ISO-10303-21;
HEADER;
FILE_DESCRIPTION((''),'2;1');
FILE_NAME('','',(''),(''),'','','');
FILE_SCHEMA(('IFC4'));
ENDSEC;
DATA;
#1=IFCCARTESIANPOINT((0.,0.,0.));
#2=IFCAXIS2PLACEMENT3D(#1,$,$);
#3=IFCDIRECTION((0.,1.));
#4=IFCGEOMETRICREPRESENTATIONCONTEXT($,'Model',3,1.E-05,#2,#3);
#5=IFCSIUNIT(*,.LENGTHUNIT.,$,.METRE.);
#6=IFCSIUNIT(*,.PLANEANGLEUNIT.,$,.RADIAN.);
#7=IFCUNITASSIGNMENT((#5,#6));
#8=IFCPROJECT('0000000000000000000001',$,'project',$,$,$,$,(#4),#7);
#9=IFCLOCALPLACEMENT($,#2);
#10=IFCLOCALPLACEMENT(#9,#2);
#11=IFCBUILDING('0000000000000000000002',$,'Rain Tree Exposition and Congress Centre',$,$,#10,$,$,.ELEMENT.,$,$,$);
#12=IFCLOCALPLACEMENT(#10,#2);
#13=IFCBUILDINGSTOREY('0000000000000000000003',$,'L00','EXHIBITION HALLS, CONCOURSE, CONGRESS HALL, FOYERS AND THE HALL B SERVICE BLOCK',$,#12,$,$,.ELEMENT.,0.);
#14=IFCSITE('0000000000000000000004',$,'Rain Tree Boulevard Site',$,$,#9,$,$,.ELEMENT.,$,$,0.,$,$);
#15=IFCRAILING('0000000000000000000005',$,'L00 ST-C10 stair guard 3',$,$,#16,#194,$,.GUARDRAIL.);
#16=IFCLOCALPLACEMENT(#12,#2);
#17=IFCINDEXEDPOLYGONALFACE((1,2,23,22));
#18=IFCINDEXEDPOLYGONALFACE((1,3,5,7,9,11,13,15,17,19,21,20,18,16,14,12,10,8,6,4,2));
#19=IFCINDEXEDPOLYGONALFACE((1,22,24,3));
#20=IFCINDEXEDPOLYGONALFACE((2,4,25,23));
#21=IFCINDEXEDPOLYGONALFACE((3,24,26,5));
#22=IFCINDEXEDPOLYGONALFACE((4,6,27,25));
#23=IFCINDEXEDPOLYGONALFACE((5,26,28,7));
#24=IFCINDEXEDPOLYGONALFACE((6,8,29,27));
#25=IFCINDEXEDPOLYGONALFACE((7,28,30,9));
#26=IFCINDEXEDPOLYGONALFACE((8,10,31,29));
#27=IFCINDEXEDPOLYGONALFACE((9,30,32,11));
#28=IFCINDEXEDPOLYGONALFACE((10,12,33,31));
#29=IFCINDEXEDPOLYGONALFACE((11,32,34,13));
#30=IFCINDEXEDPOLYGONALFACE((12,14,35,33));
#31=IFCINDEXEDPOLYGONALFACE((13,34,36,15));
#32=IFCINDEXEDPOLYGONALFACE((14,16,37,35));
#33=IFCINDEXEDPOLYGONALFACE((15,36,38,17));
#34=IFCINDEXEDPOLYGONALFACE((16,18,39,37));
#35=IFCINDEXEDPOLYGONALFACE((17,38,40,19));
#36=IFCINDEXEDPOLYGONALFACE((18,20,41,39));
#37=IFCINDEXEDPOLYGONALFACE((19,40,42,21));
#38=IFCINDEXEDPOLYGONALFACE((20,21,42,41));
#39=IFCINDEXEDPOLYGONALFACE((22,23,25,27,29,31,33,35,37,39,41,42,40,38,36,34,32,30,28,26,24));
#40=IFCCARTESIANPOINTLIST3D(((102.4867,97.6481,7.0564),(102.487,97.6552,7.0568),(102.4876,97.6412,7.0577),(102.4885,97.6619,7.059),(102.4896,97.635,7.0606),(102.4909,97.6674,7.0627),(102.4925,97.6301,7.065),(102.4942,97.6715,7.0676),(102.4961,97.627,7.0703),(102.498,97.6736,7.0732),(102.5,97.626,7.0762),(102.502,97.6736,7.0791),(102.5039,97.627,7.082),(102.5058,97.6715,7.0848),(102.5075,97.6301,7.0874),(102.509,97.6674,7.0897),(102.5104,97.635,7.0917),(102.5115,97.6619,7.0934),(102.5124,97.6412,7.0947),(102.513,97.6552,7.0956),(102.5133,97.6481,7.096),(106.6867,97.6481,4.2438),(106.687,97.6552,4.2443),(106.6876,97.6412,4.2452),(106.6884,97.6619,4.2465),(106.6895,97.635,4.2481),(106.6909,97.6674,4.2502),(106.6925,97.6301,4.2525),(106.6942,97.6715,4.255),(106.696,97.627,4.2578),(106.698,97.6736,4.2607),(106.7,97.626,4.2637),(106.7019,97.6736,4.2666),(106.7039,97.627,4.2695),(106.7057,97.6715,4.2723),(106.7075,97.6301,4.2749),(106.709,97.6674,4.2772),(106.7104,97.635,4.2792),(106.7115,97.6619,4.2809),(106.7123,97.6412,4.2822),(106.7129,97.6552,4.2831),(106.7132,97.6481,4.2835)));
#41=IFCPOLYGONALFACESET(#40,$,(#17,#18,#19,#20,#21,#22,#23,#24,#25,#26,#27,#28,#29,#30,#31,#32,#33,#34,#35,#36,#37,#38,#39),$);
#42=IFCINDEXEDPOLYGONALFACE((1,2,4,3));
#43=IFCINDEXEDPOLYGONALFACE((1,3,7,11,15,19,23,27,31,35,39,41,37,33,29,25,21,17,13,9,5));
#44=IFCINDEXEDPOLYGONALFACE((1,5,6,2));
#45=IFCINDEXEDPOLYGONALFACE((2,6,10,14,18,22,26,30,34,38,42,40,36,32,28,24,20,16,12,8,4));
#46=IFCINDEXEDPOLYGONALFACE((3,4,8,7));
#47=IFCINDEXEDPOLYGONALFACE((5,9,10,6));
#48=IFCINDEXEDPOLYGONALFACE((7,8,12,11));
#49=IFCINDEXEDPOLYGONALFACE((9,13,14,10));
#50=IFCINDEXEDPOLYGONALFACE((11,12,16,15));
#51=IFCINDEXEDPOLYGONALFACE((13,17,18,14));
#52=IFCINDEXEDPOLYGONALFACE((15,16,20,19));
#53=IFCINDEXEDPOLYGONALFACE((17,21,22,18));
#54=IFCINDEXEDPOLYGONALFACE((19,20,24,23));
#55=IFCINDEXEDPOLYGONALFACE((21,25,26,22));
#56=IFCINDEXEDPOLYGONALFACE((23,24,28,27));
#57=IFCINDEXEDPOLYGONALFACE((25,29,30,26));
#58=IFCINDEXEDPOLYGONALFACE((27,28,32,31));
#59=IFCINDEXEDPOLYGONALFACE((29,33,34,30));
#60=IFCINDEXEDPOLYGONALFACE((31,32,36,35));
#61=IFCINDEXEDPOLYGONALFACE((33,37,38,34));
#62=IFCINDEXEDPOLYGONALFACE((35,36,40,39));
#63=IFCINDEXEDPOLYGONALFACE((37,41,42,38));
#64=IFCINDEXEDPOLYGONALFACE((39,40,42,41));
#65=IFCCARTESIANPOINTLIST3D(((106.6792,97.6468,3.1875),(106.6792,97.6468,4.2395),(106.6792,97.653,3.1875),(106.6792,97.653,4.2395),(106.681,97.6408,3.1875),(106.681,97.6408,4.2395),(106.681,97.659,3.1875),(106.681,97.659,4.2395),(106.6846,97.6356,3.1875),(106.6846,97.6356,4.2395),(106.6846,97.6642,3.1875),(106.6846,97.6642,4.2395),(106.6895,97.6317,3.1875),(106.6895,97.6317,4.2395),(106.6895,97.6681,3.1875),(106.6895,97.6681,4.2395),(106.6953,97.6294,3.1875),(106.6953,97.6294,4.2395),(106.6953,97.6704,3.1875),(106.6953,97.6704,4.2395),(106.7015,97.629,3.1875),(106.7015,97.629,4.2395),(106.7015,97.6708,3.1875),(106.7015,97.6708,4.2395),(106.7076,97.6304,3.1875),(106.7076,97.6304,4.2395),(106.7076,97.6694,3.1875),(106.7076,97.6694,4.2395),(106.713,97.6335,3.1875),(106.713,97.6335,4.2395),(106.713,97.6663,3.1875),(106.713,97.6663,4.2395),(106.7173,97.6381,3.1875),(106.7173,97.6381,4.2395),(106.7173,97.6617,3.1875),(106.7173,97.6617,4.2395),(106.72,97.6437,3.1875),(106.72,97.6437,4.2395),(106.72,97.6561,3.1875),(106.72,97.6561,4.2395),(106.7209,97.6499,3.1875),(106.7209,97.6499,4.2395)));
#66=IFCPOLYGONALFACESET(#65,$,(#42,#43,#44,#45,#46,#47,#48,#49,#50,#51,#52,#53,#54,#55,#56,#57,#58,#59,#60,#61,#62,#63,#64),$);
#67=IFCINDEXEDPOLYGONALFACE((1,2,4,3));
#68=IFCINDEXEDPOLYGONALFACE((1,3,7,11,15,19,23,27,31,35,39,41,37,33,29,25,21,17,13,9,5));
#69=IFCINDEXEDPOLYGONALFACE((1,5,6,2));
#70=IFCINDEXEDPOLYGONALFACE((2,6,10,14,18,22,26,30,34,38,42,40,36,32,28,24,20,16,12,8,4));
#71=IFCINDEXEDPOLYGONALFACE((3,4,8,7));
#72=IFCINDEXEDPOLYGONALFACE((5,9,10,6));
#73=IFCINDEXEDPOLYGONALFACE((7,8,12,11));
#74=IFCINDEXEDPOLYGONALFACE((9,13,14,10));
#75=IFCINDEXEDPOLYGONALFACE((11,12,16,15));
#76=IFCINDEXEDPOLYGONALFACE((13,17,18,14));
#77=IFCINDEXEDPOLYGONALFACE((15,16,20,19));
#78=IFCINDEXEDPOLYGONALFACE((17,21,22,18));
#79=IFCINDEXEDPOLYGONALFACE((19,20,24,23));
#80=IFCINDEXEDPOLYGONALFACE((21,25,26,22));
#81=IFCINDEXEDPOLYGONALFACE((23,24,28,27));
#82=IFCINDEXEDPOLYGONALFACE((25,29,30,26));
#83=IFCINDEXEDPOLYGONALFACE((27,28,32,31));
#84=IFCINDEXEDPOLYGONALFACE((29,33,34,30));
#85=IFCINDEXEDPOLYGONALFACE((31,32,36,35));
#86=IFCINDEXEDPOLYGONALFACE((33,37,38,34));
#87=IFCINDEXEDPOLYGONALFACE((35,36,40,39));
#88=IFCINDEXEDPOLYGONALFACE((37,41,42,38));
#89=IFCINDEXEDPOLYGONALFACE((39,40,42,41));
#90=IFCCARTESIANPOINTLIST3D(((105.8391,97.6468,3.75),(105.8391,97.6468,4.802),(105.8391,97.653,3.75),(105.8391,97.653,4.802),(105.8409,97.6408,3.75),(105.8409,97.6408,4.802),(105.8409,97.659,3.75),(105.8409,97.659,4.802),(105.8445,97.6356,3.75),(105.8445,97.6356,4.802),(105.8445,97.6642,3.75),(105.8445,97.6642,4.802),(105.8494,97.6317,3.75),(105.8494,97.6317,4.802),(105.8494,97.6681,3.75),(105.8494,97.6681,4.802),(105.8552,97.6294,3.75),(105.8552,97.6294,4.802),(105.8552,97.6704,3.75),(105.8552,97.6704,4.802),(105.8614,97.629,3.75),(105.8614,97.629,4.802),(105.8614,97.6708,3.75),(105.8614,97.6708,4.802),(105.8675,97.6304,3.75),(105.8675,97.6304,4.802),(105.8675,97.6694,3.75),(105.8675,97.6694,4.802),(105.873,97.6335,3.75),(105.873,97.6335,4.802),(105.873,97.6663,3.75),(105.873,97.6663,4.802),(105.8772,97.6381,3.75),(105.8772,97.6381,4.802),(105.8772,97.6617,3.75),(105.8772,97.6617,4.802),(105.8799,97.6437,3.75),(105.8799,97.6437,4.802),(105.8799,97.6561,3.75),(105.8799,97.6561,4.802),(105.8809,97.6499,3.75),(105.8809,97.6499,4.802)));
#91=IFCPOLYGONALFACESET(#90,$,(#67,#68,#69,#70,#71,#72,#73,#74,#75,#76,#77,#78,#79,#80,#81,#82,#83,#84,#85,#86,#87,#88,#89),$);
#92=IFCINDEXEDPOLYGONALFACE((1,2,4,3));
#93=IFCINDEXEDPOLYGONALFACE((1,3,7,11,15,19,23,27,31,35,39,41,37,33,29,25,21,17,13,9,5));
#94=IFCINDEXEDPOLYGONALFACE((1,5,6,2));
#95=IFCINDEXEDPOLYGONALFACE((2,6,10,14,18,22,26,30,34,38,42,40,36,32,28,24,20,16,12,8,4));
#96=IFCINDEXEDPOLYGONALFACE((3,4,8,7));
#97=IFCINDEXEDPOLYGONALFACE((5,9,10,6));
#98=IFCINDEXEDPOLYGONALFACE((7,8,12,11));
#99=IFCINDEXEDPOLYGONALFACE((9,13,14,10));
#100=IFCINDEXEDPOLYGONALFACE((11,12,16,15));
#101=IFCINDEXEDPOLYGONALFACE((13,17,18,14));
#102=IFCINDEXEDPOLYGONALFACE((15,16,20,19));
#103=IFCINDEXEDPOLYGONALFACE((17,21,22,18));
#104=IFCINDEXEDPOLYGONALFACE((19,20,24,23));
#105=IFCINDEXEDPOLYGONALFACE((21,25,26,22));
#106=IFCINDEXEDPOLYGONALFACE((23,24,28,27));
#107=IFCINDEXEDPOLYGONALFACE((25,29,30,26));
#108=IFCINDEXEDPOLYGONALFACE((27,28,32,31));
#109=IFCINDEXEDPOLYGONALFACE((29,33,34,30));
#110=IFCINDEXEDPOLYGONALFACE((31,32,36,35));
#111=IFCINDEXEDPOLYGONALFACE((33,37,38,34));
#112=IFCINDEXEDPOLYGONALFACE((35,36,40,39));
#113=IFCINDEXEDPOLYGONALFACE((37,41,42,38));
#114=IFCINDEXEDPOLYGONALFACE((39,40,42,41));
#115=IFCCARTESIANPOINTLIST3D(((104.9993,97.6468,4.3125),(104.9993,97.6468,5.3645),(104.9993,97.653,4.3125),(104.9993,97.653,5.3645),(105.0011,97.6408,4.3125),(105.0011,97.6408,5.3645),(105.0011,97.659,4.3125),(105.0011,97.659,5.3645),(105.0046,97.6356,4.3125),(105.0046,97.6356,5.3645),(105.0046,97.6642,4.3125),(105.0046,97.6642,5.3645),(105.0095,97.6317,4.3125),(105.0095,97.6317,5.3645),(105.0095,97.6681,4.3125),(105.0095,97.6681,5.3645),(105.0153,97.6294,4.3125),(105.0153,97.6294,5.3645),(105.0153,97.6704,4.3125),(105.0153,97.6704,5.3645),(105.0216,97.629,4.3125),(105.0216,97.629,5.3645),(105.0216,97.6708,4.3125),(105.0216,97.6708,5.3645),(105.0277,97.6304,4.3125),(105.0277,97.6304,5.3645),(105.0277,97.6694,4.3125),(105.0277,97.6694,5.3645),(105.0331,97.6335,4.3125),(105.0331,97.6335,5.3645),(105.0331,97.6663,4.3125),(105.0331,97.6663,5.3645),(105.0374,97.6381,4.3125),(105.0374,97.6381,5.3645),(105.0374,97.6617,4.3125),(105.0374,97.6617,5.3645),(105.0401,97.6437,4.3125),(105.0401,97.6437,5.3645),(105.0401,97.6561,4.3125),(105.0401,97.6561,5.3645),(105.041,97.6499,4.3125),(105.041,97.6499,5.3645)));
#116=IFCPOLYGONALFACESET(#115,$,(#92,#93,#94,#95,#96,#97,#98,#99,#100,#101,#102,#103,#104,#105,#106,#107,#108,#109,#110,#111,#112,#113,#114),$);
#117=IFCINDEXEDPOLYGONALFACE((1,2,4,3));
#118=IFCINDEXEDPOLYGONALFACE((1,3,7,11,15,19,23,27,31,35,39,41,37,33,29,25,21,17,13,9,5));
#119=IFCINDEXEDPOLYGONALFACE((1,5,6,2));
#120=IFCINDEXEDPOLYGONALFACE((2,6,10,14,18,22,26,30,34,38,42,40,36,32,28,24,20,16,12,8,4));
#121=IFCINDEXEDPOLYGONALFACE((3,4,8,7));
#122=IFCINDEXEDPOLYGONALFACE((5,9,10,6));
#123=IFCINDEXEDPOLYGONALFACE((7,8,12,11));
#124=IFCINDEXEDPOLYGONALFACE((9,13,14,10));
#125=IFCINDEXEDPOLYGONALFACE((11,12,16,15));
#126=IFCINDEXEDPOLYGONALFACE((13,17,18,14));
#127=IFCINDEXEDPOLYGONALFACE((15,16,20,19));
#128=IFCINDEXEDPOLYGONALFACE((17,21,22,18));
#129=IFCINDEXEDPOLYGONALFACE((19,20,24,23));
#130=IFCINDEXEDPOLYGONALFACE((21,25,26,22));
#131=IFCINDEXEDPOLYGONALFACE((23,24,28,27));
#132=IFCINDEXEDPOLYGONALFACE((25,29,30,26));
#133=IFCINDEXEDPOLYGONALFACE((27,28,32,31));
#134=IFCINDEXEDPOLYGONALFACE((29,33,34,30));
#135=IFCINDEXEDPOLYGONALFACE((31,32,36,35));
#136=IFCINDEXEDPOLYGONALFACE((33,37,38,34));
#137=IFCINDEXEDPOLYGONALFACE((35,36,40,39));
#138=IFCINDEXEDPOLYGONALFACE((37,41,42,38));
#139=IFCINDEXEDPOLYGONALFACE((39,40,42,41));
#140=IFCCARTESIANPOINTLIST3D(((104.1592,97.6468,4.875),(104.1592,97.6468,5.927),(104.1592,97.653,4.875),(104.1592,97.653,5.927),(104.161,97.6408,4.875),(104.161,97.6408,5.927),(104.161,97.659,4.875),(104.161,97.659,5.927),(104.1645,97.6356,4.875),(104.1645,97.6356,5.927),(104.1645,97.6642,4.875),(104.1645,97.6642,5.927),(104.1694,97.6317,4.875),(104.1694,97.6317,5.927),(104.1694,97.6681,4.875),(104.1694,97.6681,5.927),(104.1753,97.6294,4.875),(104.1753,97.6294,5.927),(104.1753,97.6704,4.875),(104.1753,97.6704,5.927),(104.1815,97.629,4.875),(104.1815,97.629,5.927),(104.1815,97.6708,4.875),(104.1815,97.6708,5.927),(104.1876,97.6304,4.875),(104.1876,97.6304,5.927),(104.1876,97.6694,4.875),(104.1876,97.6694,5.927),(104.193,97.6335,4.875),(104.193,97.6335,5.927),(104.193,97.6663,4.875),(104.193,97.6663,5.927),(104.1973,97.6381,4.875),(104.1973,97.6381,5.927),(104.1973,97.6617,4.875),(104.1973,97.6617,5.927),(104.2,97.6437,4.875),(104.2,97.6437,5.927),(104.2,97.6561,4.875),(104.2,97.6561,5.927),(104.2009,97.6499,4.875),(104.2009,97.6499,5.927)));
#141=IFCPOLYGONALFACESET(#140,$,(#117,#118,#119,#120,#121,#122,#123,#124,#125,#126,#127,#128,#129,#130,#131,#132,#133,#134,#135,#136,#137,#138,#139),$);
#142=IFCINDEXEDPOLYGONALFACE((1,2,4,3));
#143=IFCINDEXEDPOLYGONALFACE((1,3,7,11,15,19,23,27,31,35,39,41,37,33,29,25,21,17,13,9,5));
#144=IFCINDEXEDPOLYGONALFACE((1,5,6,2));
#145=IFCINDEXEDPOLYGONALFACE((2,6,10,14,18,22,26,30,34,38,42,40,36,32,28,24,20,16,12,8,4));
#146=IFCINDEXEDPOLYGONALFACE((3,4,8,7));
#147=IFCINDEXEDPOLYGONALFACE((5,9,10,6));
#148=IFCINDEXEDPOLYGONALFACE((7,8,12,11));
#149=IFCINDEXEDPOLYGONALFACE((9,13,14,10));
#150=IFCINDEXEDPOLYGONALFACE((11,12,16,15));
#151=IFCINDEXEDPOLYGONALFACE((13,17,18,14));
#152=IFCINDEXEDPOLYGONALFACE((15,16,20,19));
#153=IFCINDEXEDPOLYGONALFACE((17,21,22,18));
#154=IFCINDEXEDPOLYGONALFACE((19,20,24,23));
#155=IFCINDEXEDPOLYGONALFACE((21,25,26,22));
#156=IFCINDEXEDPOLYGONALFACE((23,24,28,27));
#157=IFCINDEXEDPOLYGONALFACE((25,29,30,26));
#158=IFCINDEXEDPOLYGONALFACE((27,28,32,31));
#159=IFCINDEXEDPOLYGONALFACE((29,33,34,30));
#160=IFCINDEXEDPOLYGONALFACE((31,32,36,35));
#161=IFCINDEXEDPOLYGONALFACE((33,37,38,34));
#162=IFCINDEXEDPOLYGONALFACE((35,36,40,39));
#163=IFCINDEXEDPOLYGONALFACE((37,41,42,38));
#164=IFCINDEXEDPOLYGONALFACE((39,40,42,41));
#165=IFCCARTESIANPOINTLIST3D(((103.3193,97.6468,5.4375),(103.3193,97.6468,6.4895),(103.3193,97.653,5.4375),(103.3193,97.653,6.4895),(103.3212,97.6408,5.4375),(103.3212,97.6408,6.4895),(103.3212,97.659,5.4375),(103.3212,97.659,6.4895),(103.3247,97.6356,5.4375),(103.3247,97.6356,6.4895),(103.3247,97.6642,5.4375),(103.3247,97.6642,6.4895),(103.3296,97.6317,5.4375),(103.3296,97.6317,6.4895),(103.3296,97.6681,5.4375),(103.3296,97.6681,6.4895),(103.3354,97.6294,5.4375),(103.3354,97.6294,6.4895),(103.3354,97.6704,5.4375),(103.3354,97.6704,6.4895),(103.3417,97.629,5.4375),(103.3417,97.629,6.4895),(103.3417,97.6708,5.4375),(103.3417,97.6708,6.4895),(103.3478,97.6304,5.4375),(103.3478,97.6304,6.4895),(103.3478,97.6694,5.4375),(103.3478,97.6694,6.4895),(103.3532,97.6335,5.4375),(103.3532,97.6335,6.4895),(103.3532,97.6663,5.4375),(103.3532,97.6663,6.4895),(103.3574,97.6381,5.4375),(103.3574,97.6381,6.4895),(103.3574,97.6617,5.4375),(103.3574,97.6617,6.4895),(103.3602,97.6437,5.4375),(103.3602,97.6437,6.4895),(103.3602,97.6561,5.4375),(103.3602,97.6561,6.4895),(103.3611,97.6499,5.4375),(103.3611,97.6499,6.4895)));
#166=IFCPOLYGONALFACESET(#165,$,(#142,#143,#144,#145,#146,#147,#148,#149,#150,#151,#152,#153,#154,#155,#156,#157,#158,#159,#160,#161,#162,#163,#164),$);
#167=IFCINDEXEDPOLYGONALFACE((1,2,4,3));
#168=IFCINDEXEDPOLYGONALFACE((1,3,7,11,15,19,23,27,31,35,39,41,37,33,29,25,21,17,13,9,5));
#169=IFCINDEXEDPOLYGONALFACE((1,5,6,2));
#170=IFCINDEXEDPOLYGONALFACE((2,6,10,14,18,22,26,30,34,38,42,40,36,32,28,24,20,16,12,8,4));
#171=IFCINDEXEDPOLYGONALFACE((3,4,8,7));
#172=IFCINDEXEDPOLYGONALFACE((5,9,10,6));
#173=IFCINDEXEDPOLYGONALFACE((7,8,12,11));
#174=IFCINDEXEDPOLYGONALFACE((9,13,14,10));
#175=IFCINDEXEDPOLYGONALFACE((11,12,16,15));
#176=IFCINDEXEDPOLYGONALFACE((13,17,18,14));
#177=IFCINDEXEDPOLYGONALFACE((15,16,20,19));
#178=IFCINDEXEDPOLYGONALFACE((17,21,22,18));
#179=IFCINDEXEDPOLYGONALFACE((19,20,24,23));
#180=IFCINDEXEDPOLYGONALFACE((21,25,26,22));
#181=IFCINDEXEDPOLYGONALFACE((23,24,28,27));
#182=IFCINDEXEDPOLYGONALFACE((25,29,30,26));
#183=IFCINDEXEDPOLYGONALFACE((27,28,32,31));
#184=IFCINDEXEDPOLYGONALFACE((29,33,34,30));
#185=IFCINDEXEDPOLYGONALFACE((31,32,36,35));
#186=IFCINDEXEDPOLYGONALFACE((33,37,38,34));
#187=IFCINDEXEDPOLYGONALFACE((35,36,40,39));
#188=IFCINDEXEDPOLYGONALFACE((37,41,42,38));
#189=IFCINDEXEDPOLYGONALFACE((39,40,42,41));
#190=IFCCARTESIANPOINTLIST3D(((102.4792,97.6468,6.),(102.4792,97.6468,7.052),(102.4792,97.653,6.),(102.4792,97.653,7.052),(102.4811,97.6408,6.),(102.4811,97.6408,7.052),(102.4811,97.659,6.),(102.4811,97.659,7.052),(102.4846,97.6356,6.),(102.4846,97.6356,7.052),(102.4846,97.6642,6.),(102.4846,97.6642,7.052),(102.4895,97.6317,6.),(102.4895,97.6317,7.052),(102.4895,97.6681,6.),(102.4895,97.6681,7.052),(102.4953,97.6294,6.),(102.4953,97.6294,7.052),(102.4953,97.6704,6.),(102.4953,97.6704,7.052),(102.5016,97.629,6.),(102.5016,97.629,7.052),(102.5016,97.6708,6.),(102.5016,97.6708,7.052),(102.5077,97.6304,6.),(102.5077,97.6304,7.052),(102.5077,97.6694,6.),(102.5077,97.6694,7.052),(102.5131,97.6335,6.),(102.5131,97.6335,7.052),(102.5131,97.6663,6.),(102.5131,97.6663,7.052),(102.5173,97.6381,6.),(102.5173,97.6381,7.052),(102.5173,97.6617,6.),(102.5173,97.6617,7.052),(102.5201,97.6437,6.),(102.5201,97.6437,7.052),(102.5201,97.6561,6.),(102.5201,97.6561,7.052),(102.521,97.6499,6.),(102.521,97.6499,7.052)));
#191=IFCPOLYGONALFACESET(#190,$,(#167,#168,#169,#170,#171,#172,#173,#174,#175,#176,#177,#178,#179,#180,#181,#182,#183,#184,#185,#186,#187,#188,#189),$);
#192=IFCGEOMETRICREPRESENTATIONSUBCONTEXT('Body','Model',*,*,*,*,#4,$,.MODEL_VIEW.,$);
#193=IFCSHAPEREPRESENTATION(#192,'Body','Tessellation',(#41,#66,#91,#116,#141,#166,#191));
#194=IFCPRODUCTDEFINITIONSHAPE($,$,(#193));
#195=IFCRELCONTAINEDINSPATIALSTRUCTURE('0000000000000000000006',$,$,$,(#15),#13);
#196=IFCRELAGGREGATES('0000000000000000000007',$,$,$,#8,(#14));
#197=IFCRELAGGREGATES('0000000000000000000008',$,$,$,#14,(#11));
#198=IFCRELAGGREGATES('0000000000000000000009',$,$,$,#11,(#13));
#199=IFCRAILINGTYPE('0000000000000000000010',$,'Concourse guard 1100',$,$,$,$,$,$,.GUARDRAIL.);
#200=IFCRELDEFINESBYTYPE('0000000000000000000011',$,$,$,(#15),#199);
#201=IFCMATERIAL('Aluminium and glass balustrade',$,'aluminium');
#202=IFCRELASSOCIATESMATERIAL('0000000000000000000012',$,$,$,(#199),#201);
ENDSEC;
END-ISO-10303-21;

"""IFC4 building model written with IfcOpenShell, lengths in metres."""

from ifc_helpers import new_model, si_unit, direction, frame, origin, origin_2d, place, context, subcontext, project, spatial, circle, extrude, material, type_object, element, save


model = new_model("IFC4")

# Units and contexts
model_context = context("Model", 3, precision=1e-05, world=origin(), true_north=direction((0.0, 1.0)))
body_context = subcontext(model_context, "Body", "Model", "MODEL_VIEW")
ifc_project = project(units=[si_unit("LENGTHUNIT", "METRE"), si_unit("PLANEANGLEUNIT", "RADIAN")], contexts=[model_context])

# Site, building, storey
site_placement = place(None, origin())
site = spatial("IfcSite", under=ifc_project, at=site_placement, Name="Rain Tree Boulevard Site", CompositionType="ELEMENT", RefElevation=0.0)
building_placement = place(site_placement, origin())
building = spatial("IfcBuilding", under=site, at=building_placement, Name="Rain Tree Exposition and Congress Centre", CompositionType="ELEMENT")
storey_placement = place(building_placement, origin())
storey = spatial("IfcBuildingStorey", under=building, at=storey_placement, Name="L00", Description="EXHIBITION HALLS, CONCOURSE, CONGRESS HALL, FOYERS AND THE HALL B SERVICE BLOCK", CompositionType="ELEMENT", Elevation=0.0)

# Railing
ifc_material_1 = material(Name="Aluminium and glass balustrade", Category="aluminium")
railing_type_1 = type_object("IfcRailingType", Name="Concourse guard 1100", PredefinedType="GUARDRAIL", material=ifc_material_1)
railing_1_placement = place(storey_placement, frame((106.7, 97.6499, 3.1875)))
element("IfcRailing", 1, at=railing_1_placement, inside=storey, type_object=railing_type_1, Name="L00 ST-C10 stair guard 3", PredefinedType="GUARDRAIL", context=body_context, shape_type="SweptSolid", body=[
    extrude(circle(Radius=0.0239, at=origin_2d()), frame((0.0, 0.0, 1.0762), z_axis=(-0.830904, 0.0, 0.556416), x_axis=(0.0, -1.0, 0.0)), (0.0, 0.0, 1.0), 5.0547),
    extrude(circle(Radius=0.021, at=origin_2d()), origin(), (0.0, 0.0, 1.0), 1.052),
    extrude(circle(Radius=0.021, at=origin_2d()), frame((-0.8401, 0.0, 0.5625)), (0.0, 0.0, 1.0), 1.052),
    extrude(circle(Radius=0.021, at=origin_2d()), frame((-1.6799, 0.0, 1.125)), (0.0, 0.0, 1.0), 1.052),
    extrude(circle(Radius=0.021, at=origin_2d()), frame((-2.52, 0.0, 1.6875)), (0.0, 0.0, 1.0), 1.052),
    extrude(circle(Radius=0.021, at=origin_2d()), frame((-3.3599, 0.0, 2.25)), (0.0, 0.0, 1.0), 1.052),
    extrude(circle(Radius=0.021, at=origin_2d()), frame((-4.2, 0.0, 2.8125)), (0.0, 0.0, 1.0), 1.052),
])

save(model, "model.ifc")
